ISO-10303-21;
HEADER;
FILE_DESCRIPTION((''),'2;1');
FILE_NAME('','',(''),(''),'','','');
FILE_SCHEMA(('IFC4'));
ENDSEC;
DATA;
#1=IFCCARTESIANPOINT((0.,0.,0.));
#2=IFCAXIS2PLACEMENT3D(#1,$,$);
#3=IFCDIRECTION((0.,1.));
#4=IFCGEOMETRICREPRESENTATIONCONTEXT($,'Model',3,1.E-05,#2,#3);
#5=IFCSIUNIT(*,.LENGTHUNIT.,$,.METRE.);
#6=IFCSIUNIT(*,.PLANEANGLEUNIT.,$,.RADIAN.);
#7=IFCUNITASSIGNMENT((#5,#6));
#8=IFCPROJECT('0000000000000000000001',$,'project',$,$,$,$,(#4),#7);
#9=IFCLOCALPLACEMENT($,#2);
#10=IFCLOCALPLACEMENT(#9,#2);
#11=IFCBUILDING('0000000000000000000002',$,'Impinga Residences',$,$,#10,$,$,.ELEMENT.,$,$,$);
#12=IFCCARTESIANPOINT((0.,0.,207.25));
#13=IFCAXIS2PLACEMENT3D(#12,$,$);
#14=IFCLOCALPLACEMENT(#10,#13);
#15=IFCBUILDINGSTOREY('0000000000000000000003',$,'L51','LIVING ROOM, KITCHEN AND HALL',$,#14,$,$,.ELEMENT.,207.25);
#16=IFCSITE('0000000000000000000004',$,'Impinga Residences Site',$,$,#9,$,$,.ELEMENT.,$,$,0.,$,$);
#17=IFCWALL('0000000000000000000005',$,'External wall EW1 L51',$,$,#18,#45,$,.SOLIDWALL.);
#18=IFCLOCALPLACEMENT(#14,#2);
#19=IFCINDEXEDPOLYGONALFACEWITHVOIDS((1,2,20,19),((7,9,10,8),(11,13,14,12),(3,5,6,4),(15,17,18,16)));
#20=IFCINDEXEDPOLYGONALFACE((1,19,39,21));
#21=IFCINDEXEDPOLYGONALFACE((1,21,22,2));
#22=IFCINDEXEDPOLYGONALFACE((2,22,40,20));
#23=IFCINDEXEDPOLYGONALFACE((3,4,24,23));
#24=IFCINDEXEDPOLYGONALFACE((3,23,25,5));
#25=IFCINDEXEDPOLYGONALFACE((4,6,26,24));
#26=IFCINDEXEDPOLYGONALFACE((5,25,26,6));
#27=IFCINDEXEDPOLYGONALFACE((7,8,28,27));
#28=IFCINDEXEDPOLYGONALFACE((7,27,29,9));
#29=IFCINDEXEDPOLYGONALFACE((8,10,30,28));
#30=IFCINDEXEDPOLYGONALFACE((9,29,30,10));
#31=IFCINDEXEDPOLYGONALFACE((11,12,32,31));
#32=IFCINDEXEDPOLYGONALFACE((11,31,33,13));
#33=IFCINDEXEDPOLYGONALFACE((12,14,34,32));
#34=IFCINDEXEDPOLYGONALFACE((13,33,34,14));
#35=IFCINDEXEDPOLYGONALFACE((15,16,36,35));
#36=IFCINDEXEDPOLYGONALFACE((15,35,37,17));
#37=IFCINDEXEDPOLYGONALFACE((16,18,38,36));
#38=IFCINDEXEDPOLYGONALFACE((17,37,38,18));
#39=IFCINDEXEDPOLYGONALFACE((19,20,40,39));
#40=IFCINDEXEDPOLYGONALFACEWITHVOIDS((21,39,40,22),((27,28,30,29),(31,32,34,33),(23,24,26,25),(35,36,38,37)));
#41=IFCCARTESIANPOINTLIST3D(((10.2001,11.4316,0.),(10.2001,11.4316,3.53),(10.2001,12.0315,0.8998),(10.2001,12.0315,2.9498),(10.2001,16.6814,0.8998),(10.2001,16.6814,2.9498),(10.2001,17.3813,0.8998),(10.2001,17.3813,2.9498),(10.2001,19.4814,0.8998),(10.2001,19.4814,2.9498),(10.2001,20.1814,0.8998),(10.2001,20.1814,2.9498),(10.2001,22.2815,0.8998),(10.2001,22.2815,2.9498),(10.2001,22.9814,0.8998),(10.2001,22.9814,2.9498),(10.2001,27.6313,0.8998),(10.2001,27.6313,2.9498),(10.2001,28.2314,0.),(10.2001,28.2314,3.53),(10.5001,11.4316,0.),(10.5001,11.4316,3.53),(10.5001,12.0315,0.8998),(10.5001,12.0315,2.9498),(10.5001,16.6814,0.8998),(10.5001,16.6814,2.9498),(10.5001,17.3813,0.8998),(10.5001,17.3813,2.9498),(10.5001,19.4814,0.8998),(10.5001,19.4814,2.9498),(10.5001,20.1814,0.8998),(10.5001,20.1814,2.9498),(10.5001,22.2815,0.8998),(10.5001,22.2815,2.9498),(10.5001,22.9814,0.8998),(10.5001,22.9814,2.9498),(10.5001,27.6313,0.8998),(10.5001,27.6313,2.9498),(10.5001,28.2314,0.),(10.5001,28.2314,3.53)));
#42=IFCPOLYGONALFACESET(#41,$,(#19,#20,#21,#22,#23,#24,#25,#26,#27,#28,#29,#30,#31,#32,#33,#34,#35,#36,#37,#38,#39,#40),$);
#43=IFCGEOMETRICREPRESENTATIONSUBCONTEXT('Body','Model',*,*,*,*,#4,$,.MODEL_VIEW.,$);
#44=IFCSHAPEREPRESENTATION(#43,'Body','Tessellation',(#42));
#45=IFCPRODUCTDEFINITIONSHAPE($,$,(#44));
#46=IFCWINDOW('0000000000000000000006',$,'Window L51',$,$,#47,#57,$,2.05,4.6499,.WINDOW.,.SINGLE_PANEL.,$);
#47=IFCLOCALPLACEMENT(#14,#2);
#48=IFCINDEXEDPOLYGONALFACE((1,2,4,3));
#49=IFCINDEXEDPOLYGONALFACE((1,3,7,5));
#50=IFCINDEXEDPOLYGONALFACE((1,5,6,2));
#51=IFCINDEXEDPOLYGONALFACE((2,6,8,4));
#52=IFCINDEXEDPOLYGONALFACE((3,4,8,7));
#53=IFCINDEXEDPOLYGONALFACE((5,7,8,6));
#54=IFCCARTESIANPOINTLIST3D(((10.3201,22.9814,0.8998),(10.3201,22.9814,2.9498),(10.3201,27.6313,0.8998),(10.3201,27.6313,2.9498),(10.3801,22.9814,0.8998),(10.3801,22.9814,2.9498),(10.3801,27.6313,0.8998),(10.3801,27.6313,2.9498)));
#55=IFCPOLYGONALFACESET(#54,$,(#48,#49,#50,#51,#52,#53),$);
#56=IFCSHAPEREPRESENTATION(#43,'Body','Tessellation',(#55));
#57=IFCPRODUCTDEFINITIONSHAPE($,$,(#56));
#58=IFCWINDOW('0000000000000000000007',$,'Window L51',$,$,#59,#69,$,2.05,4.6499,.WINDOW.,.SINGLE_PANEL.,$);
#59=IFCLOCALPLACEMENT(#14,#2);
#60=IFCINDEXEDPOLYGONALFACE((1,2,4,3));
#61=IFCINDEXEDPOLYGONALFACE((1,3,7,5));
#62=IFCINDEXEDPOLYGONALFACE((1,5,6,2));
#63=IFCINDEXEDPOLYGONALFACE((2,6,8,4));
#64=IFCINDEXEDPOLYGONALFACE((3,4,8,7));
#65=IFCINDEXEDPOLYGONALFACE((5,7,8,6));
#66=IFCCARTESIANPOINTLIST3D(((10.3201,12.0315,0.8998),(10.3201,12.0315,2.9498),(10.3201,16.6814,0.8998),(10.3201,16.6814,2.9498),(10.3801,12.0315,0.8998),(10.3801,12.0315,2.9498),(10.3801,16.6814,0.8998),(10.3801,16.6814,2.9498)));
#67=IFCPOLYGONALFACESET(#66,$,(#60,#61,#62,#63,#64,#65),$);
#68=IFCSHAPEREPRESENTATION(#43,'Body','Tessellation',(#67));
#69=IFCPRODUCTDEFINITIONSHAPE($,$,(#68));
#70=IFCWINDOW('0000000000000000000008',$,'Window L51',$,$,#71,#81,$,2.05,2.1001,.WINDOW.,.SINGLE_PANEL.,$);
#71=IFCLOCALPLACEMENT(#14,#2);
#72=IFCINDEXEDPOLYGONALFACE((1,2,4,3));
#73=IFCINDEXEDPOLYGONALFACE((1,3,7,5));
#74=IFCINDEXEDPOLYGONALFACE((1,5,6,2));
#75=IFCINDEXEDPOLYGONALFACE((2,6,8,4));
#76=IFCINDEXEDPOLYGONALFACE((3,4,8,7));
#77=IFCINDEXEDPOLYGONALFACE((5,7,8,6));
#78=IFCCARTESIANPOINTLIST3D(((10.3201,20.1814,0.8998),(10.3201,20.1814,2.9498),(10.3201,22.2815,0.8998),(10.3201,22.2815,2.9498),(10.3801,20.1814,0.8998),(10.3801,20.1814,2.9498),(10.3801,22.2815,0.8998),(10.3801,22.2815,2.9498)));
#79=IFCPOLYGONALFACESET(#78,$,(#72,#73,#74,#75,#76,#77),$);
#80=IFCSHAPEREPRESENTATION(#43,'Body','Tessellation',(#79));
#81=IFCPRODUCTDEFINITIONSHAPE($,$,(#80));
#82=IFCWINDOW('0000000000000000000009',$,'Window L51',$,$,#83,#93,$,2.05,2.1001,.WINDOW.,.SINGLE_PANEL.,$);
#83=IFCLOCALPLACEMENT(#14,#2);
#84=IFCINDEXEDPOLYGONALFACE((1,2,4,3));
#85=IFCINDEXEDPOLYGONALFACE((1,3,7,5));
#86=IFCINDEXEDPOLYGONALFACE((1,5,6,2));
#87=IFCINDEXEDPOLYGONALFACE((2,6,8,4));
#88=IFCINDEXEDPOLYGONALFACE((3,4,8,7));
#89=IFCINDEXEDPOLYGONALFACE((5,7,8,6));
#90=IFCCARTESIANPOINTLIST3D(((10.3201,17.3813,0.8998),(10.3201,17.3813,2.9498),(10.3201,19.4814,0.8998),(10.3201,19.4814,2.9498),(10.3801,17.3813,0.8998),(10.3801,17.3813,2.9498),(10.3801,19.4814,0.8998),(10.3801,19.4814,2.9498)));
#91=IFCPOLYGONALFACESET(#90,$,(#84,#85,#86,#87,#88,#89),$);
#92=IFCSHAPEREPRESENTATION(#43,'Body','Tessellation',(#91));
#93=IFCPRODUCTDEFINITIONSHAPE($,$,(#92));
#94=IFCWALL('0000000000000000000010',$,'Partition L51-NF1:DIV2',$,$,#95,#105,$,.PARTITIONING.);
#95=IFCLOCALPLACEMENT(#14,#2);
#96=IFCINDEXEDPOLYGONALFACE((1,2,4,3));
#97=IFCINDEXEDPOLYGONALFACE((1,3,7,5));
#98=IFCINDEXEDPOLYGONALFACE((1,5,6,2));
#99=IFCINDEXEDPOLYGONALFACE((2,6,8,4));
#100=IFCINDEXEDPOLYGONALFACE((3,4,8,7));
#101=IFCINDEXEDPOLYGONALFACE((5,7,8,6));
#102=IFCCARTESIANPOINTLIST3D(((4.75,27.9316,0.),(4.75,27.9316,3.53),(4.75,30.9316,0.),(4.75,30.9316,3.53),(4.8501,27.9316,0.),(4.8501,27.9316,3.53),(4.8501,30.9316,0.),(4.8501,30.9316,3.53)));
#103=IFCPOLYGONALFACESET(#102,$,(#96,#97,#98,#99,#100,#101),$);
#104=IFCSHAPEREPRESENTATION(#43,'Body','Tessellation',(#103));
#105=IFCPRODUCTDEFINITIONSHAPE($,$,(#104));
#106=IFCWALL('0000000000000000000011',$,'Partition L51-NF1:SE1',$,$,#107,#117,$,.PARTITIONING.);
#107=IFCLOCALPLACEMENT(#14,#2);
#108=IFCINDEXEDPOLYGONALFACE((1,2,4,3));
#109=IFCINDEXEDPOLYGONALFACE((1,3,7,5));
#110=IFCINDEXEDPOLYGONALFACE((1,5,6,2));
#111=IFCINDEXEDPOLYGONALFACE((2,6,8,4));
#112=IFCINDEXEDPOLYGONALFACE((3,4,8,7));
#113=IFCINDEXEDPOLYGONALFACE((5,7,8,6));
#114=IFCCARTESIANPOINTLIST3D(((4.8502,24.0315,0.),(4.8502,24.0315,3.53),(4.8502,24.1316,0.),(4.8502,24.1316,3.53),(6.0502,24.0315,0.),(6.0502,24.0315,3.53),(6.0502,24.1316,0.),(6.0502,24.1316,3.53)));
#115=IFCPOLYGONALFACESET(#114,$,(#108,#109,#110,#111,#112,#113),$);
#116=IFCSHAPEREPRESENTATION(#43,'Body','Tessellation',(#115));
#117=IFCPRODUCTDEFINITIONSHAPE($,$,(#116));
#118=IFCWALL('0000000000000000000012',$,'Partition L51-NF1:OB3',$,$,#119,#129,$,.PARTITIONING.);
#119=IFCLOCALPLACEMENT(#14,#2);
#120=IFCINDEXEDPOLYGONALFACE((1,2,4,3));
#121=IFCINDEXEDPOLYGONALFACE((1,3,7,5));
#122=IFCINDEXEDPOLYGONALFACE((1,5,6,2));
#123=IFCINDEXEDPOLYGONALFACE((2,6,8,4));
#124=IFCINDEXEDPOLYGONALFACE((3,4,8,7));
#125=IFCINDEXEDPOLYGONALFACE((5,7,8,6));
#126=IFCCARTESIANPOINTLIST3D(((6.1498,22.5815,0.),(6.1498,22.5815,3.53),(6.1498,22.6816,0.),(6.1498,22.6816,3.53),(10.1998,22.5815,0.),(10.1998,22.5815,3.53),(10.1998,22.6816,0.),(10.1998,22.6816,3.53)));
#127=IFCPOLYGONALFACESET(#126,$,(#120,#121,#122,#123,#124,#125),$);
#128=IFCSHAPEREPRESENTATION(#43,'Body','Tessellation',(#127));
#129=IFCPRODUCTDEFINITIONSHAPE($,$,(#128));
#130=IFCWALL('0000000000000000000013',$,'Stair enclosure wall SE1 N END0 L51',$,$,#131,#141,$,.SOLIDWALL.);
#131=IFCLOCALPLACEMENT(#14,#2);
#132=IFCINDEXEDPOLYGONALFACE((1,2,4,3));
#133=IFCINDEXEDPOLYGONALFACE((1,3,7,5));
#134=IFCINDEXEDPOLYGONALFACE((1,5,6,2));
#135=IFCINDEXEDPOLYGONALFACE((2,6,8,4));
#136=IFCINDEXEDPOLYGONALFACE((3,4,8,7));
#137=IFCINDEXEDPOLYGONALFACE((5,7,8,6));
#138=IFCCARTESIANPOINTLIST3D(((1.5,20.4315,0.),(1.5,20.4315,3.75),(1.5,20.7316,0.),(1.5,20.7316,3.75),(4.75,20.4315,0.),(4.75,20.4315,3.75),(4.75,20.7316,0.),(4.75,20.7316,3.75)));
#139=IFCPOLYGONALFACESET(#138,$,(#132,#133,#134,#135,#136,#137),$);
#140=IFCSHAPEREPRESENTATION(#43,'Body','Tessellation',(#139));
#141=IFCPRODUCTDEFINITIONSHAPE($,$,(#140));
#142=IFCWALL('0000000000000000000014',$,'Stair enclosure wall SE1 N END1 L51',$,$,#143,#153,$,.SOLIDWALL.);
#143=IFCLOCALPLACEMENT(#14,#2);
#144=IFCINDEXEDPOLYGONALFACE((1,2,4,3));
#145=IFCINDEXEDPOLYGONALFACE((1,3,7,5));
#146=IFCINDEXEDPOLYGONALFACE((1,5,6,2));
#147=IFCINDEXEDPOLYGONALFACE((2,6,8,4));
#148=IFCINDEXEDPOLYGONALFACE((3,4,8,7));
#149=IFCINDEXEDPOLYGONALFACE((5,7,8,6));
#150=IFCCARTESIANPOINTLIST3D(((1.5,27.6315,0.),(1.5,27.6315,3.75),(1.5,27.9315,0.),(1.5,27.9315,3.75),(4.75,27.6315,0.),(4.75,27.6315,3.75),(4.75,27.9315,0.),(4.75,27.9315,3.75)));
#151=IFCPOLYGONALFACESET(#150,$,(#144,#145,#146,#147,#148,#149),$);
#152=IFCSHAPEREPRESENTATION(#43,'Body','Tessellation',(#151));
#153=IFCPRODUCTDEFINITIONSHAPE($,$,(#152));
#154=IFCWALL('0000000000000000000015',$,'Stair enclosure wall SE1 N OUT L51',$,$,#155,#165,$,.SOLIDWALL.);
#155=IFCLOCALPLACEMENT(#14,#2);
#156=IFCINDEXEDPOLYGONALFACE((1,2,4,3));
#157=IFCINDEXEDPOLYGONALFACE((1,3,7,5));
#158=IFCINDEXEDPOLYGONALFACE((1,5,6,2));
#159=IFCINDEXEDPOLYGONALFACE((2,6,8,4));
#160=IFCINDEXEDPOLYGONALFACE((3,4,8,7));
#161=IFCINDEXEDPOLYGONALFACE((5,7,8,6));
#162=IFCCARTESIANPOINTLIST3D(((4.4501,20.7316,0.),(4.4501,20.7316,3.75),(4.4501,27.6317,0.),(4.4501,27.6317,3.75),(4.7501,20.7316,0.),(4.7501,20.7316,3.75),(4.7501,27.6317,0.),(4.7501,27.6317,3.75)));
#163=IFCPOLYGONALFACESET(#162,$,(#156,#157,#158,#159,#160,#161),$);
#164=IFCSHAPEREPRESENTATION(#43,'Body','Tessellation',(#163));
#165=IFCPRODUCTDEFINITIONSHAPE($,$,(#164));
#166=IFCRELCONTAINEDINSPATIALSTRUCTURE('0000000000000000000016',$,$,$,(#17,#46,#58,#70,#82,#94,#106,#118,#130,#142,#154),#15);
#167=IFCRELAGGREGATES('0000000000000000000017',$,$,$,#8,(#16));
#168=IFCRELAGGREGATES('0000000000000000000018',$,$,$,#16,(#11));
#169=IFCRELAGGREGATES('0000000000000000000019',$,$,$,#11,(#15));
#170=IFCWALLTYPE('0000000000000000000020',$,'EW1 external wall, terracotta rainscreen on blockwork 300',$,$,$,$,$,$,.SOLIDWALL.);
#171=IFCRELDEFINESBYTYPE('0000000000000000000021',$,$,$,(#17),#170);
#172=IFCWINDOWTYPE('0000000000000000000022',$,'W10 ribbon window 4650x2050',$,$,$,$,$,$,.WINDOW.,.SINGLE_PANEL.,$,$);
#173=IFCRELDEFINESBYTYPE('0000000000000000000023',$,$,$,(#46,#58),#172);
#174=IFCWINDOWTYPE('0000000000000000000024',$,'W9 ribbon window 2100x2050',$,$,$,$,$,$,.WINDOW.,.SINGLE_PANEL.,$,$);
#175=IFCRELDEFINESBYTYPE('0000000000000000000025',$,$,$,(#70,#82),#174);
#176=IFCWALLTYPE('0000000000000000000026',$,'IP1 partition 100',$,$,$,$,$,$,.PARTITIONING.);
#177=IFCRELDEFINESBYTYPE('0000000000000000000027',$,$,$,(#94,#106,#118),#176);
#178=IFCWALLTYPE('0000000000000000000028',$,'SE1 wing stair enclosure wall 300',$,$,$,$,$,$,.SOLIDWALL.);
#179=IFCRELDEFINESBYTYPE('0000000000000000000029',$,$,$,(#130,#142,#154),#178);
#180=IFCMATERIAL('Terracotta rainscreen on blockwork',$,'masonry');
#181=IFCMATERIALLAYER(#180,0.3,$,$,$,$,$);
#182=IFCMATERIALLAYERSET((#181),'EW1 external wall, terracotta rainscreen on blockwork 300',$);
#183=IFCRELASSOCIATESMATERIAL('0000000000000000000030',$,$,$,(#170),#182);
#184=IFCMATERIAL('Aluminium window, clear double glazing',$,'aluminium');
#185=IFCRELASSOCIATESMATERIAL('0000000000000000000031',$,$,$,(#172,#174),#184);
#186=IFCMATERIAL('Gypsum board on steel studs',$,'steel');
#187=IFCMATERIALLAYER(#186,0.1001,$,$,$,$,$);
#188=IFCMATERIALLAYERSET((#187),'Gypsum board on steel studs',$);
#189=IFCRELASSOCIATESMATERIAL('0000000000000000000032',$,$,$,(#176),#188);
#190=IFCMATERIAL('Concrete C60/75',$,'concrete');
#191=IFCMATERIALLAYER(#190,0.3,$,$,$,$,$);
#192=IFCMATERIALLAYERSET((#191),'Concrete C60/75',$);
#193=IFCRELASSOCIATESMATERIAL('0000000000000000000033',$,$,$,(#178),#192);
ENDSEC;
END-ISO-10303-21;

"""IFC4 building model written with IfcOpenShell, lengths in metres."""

from ifc_helpers import new_model, si_unit, direction, frame, frame_2d, origin, place, context, subcontext, project, spatial, rectangle, extrude, material, layer, layer_set, type_object, element, fill, save


model = new_model("IFC4")

# Units and contexts
model_context = context("Model", 3, precision=1e-05, world=origin(), true_north=direction((0.0, 1.0)))
body_context = subcontext(model_context, "Body", "Model", "MODEL_VIEW")
ifc_project = project(units=[si_unit("LENGTHUNIT", "METRE"), si_unit("PLANEANGLEUNIT", "RADIAN")], contexts=[model_context])

# Site, building, storey
site_placement = place(None, origin())
site = spatial("IfcSite", under=ifc_project, at=site_placement, Name="Impinga Residences Site", CompositionType="ELEMENT", RefElevation=0.0)
building_placement = place(site_placement, origin())
building = spatial("IfcBuilding", under=site, at=building_placement, Name="Impinga Residences", CompositionType="ELEMENT")
storey_placement = place(building_placement, frame((0.0, 0.0, 207.25)))
storey = spatial("IfcBuildingStorey", under=building, at=storey_placement, Name="L51", Description="LIVING ROOM, KITCHEN AND HALL", CompositionType="ELEMENT", Elevation=207.25)

# Shared definitions
ifc_material_1 = material(Name="Concrete C60/75", Category="concrete")

# Shared definitions
ifc_material_2 = material(Name="Terracotta rainscreen on blockwork", Category="masonry")
ifc_layer_1 = layer(ifc_material_2, 0.3)
ifc_layer_set_1 = layer_set([ifc_layer_1], Name="EW1 external wall, terracotta rainscreen on blockwork 300")
wall_type_1 = type_object("IfcWallType", Name="EW1 external wall, terracotta rainscreen on blockwork 300", PredefinedType="SOLIDWALL", material=ifc_layer_set_1)

# Wall, openings, windows
wall_1_placement = place(storey_placement, frame((10.3501, 28.2314, 0.0), z_axis=(0.0, 0.0, 1.0), x_axis=(0.0, -1.0, 0.0)))
wall_1 = element("IfcWall", 1, at=wall_1_placement, inside=storey, type_object=wall_type_1, Name="External wall EW1 L51", PredefinedType="SOLIDWALL", context=body_context, shape_type="SweptSolid", body=[
    extrude(rectangle(XDim=16.7998, YDim=0.3, at=frame_2d((8.3999, 0.0))), origin(), (0.0, 0.0, 1.0), 3.53),
])
opening_1_placement = place(wall_1_placement, frame((0.6001, 0.0, 0.8999)))
opening_1 = element("IfcOpeningElement", 2, at=opening_1_placement, cuts=wall_1, PredefinedType="OPENING", context=body_context, shape_type="SweptSolid", body=[
    extrude(rectangle(XDim=4.6499, YDim=2.05, at=frame_2d((2.325, 1.0249))), frame((0.0, 0.1599, 0.0), z_axis=(0.0, -1.0, 0.0), x_axis=(1.0, 0.0, 0.0)), (0.0, 0.0, 1.0), 0.3201),
])
opening_2_placement = place(wall_1_placement, frame((5.95, 0.0, 0.8999)))
opening_2 = element("IfcOpeningElement", 3, at=opening_2_placement, cuts=wall_1, PredefinedType="OPENING", context=body_context, shape_type="SweptSolid", body=[
    extrude(rectangle(XDim=2.1001, YDim=2.05, at=frame_2d((1.05, 1.0249))), frame((0.0, 0.1599, 0.0), z_axis=(0.0, -1.0, 0.0), x_axis=(1.0, 0.0, 0.0)), (0.0, 0.0, 1.0), 0.3201),
])
opening_3_placement = place(wall_1_placement, frame((8.75, 0.0, 0.8999)))
opening_3 = element("IfcOpeningElement", 4, at=opening_3_placement, cuts=wall_1, PredefinedType="OPENING", context=body_context, shape_type="SweptSolid", body=[
    extrude(rectangle(XDim=2.1001, YDim=2.05, at=frame_2d((1.05, 1.0249))), frame((0.0, 0.1599, 0.0), z_axis=(0.0, -1.0, 0.0), x_axis=(1.0, 0.0, 0.0)), (0.0, 0.0, 1.0), 0.3201),
])
opening_4_placement = place(wall_1_placement, frame((11.55, 0.0, 0.8999)))
opening_4 = element("IfcOpeningElement", 5, at=opening_4_placement, cuts=wall_1, PredefinedType="OPENING", context=body_context, shape_type="SweptSolid", body=[
    extrude(rectangle(XDim=4.6499, YDim=2.05, at=frame_2d((2.325, 1.0249))), frame((0.0, 0.1599, 0.0), z_axis=(0.0, -1.0, 0.0), x_axis=(1.0, 0.0, 0.0)), (0.0, 0.0, 1.0), 0.3201),
])
ifc_material_3 = material(Name="Aluminium window, clear double glazing", Category="aluminium")
window_type_1 = type_object("IfcWindowType", Name="W10 ribbon window 4650x2050", PartitioningType="SINGLE_PANEL", PredefinedType="WINDOW", material=ifc_material_3)
window_1_placement = place(opening_1_placement, origin())
window_1 = element("IfcWindow", 6, at=window_1_placement, inside=storey, type_object=window_type_1, Name="Window L51", OverallHeight=2.05, OverallWidth=4.6499, PartitioningType="SINGLE_PANEL", PredefinedType="WINDOW", context=body_context, shape_type="SweptSolid", body=[
    extrude(rectangle(XDim=4.6499, YDim=2.05, at=frame_2d((2.325, 1.0249))), frame((0.0, 0.03, 0.0), z_axis=(0.0, -1.0, 0.0), x_axis=(1.0, 0.0, 0.0)), (0.0, 0.0, 1.0), 0.0601),
])
fill(opening_1, window_1)
window_2_placement = place(opening_4_placement, origin())
window_2 = element("IfcWindow", 7, at=window_2_placement, inside=storey, type_object=window_type_1, Name="Window L51", OverallHeight=2.05, OverallWidth=4.6499, PartitioningType="SINGLE_PANEL", PredefinedType="WINDOW", context=body_context, shape_type="SweptSolid", body=[
    extrude(rectangle(XDim=4.6499, YDim=2.05, at=frame_2d((2.325, 1.0249))), frame((0.0, 0.03, 0.0), z_axis=(0.0, -1.0, 0.0), x_axis=(1.0, 0.0, 0.0)), (0.0, 0.0, 1.0), 0.0601),
])
fill(opening_4, window_2)
window_type_2 = type_object("IfcWindowType", Name="W9 ribbon window 2100x2050", PartitioningType="SINGLE_PANEL", PredefinedType="WINDOW", material=ifc_material_3)
window_3_placement = place(opening_2_placement, origin())
window_3 = element("IfcWindow", 8, at=window_3_placement, inside=storey, type_object=window_type_2, Name="Window L51", OverallHeight=2.05, OverallWidth=2.1001, PartitioningType="SINGLE_PANEL", PredefinedType="WINDOW", context=body_context, shape_type="SweptSolid", body=[
    extrude(rectangle(XDim=2.1001, YDim=2.05, at=frame_2d((1.05, 1.0249))), frame((0.0, 0.03, 0.0), z_axis=(0.0, -1.0, 0.0), x_axis=(1.0, 0.0, 0.0)), (0.0, 0.0, 1.0), 0.0601),
])
fill(opening_2, window_3)
window_4_placement = place(opening_3_placement, origin())
window_4 = element("IfcWindow", 9, at=window_4_placement, inside=storey, type_object=window_type_2, Name="Window L51", OverallHeight=2.05, OverallWidth=2.1001, PartitioningType="SINGLE_PANEL", PredefinedType="WINDOW", context=body_context, shape_type="SweptSolid", body=[
    extrude(rectangle(XDim=2.1001, YDim=2.05, at=frame_2d((1.05, 1.0249))), frame((0.0, 0.03, 0.0), z_axis=(0.0, -1.0, 0.0), x_axis=(1.0, 0.0, 0.0)), (0.0, 0.0, 1.0), 0.0601),
])
fill(opening_3, window_4)

# Walls
ifc_material_4 = material(Name="Gypsum board on steel studs", Category="steel")
ifc_layer_2 = layer(ifc_material_4, 0.1001)
ifc_layer_set_2 = layer_set([ifc_layer_2], Name="Gypsum board on steel studs")
wall_type_2 = type_object("IfcWallType", Name="IP1 partition 100", PredefinedType="PARTITIONING", material=ifc_layer_set_2)
wall_2_placement = place(storey_placement, frame((4.8, 27.9316, 0.0), z_axis=(0.0, 0.0, 1.0), x_axis=(0.0, 1.0, 0.0)))
element("IfcWall", 10, at=wall_2_placement, inside=storey, type_object=wall_type_2, Name="Partition L51-NF1:DIV2", PredefinedType="PARTITIONING", context=body_context, shape_type="SweptSolid", body=[
    extrude(rectangle(XDim=3.0, YDim=0.1001, at=frame_2d((1.5, 0.0))), origin(), (0.0, 0.0, 1.0), 3.53),
])
wall_3_placement = place(storey_placement, frame((4.8501, 24.0815, 0.0), z_axis=(0.0, 0.0, 1.0), x_axis=(1.0, 0.0, 0.0)))
element("IfcWall", 11, at=wall_3_placement, inside=storey, type_object=wall_type_2, Name="Partition L51-NF1:SE1", PredefinedType="PARTITIONING", context=body_context, shape_type="SweptSolid", body=[
    extrude(rectangle(XDim=1.2, YDim=0.1001, at=frame_2d((0.6001, 0.0))), origin(), (0.0, 0.0, 1.0), 3.53),
])
wall_4_placement = place(storey_placement, frame((6.1499, 22.6316, 0.0), z_axis=(0.0, 0.0, 1.0), x_axis=(1.0, 0.0, 0.0)))
element("IfcWall", 12, at=wall_4_placement, inside=storey, type_object=wall_type_2, Name="Partition L51-NF1:OB3", PredefinedType="PARTITIONING", context=body_context, shape_type="SweptSolid", body=[
    extrude(rectangle(XDim=4.05, YDim=0.1001, at=frame_2d((2.0249, 0.0))), origin(), (0.0, 0.0, 1.0), 3.53),
])
ifc_layer_3 = layer(ifc_material_1, 0.3)
ifc_layer_set_3 = layer_set([ifc_layer_3], Name="Concrete C60/75")
wall_type_3 = type_object("IfcWallType", Name="SE1 wing stair enclosure wall 300", PredefinedType="SOLIDWALL", material=ifc_layer_set_3)
for number, where, z_axis, x_axis, name in (
    (13, (1.5, 20.5815, 0.0), (0.0, 0.0, 1.0), (1.0, 0.0, 0.0), "Stair enclosure wall SE1 N END0 L51"),
    (14, (1.5, 27.7815, 0.0), (0.0, 0.0, 1.0), (1.0, 0.0, 0.0), "Stair enclosure wall SE1 N END1 L51"),
):
    element("IfcWall", number, at=place(storey_placement, frame(where, z_axis=z_axis, x_axis=x_axis)), inside=storey, type_object=wall_type_3, Name=name, PredefinedType="SOLIDWALL", context=body_context, shape_type="SweptSolid", body=[
        extrude(rectangle(XDim=3.25, YDim=0.3, at=frame_2d((1.625, 0.0))), origin(), (0.0, 0.0, 1.0), 3.75),
    ])
wall_5_placement = place(storey_placement, frame((4.6001, 20.7314, 0.0), z_axis=(0.0, 0.0, 1.0), x_axis=(0.0, 1.0, 0.0)))
element("IfcWall", 15, at=wall_5_placement, inside=storey, type_object=wall_type_3, Name="Stair enclosure wall SE1 N OUT L51", PredefinedType="SOLIDWALL", context=body_context, shape_type="SweptSolid", body=[
    extrude(rectangle(XDim=6.9001, YDim=0.3, at=frame_2d((3.4502, 0.0))), origin(), (0.0, 0.0, 1.0), 3.75),
])

save(model, "model.ifc")
